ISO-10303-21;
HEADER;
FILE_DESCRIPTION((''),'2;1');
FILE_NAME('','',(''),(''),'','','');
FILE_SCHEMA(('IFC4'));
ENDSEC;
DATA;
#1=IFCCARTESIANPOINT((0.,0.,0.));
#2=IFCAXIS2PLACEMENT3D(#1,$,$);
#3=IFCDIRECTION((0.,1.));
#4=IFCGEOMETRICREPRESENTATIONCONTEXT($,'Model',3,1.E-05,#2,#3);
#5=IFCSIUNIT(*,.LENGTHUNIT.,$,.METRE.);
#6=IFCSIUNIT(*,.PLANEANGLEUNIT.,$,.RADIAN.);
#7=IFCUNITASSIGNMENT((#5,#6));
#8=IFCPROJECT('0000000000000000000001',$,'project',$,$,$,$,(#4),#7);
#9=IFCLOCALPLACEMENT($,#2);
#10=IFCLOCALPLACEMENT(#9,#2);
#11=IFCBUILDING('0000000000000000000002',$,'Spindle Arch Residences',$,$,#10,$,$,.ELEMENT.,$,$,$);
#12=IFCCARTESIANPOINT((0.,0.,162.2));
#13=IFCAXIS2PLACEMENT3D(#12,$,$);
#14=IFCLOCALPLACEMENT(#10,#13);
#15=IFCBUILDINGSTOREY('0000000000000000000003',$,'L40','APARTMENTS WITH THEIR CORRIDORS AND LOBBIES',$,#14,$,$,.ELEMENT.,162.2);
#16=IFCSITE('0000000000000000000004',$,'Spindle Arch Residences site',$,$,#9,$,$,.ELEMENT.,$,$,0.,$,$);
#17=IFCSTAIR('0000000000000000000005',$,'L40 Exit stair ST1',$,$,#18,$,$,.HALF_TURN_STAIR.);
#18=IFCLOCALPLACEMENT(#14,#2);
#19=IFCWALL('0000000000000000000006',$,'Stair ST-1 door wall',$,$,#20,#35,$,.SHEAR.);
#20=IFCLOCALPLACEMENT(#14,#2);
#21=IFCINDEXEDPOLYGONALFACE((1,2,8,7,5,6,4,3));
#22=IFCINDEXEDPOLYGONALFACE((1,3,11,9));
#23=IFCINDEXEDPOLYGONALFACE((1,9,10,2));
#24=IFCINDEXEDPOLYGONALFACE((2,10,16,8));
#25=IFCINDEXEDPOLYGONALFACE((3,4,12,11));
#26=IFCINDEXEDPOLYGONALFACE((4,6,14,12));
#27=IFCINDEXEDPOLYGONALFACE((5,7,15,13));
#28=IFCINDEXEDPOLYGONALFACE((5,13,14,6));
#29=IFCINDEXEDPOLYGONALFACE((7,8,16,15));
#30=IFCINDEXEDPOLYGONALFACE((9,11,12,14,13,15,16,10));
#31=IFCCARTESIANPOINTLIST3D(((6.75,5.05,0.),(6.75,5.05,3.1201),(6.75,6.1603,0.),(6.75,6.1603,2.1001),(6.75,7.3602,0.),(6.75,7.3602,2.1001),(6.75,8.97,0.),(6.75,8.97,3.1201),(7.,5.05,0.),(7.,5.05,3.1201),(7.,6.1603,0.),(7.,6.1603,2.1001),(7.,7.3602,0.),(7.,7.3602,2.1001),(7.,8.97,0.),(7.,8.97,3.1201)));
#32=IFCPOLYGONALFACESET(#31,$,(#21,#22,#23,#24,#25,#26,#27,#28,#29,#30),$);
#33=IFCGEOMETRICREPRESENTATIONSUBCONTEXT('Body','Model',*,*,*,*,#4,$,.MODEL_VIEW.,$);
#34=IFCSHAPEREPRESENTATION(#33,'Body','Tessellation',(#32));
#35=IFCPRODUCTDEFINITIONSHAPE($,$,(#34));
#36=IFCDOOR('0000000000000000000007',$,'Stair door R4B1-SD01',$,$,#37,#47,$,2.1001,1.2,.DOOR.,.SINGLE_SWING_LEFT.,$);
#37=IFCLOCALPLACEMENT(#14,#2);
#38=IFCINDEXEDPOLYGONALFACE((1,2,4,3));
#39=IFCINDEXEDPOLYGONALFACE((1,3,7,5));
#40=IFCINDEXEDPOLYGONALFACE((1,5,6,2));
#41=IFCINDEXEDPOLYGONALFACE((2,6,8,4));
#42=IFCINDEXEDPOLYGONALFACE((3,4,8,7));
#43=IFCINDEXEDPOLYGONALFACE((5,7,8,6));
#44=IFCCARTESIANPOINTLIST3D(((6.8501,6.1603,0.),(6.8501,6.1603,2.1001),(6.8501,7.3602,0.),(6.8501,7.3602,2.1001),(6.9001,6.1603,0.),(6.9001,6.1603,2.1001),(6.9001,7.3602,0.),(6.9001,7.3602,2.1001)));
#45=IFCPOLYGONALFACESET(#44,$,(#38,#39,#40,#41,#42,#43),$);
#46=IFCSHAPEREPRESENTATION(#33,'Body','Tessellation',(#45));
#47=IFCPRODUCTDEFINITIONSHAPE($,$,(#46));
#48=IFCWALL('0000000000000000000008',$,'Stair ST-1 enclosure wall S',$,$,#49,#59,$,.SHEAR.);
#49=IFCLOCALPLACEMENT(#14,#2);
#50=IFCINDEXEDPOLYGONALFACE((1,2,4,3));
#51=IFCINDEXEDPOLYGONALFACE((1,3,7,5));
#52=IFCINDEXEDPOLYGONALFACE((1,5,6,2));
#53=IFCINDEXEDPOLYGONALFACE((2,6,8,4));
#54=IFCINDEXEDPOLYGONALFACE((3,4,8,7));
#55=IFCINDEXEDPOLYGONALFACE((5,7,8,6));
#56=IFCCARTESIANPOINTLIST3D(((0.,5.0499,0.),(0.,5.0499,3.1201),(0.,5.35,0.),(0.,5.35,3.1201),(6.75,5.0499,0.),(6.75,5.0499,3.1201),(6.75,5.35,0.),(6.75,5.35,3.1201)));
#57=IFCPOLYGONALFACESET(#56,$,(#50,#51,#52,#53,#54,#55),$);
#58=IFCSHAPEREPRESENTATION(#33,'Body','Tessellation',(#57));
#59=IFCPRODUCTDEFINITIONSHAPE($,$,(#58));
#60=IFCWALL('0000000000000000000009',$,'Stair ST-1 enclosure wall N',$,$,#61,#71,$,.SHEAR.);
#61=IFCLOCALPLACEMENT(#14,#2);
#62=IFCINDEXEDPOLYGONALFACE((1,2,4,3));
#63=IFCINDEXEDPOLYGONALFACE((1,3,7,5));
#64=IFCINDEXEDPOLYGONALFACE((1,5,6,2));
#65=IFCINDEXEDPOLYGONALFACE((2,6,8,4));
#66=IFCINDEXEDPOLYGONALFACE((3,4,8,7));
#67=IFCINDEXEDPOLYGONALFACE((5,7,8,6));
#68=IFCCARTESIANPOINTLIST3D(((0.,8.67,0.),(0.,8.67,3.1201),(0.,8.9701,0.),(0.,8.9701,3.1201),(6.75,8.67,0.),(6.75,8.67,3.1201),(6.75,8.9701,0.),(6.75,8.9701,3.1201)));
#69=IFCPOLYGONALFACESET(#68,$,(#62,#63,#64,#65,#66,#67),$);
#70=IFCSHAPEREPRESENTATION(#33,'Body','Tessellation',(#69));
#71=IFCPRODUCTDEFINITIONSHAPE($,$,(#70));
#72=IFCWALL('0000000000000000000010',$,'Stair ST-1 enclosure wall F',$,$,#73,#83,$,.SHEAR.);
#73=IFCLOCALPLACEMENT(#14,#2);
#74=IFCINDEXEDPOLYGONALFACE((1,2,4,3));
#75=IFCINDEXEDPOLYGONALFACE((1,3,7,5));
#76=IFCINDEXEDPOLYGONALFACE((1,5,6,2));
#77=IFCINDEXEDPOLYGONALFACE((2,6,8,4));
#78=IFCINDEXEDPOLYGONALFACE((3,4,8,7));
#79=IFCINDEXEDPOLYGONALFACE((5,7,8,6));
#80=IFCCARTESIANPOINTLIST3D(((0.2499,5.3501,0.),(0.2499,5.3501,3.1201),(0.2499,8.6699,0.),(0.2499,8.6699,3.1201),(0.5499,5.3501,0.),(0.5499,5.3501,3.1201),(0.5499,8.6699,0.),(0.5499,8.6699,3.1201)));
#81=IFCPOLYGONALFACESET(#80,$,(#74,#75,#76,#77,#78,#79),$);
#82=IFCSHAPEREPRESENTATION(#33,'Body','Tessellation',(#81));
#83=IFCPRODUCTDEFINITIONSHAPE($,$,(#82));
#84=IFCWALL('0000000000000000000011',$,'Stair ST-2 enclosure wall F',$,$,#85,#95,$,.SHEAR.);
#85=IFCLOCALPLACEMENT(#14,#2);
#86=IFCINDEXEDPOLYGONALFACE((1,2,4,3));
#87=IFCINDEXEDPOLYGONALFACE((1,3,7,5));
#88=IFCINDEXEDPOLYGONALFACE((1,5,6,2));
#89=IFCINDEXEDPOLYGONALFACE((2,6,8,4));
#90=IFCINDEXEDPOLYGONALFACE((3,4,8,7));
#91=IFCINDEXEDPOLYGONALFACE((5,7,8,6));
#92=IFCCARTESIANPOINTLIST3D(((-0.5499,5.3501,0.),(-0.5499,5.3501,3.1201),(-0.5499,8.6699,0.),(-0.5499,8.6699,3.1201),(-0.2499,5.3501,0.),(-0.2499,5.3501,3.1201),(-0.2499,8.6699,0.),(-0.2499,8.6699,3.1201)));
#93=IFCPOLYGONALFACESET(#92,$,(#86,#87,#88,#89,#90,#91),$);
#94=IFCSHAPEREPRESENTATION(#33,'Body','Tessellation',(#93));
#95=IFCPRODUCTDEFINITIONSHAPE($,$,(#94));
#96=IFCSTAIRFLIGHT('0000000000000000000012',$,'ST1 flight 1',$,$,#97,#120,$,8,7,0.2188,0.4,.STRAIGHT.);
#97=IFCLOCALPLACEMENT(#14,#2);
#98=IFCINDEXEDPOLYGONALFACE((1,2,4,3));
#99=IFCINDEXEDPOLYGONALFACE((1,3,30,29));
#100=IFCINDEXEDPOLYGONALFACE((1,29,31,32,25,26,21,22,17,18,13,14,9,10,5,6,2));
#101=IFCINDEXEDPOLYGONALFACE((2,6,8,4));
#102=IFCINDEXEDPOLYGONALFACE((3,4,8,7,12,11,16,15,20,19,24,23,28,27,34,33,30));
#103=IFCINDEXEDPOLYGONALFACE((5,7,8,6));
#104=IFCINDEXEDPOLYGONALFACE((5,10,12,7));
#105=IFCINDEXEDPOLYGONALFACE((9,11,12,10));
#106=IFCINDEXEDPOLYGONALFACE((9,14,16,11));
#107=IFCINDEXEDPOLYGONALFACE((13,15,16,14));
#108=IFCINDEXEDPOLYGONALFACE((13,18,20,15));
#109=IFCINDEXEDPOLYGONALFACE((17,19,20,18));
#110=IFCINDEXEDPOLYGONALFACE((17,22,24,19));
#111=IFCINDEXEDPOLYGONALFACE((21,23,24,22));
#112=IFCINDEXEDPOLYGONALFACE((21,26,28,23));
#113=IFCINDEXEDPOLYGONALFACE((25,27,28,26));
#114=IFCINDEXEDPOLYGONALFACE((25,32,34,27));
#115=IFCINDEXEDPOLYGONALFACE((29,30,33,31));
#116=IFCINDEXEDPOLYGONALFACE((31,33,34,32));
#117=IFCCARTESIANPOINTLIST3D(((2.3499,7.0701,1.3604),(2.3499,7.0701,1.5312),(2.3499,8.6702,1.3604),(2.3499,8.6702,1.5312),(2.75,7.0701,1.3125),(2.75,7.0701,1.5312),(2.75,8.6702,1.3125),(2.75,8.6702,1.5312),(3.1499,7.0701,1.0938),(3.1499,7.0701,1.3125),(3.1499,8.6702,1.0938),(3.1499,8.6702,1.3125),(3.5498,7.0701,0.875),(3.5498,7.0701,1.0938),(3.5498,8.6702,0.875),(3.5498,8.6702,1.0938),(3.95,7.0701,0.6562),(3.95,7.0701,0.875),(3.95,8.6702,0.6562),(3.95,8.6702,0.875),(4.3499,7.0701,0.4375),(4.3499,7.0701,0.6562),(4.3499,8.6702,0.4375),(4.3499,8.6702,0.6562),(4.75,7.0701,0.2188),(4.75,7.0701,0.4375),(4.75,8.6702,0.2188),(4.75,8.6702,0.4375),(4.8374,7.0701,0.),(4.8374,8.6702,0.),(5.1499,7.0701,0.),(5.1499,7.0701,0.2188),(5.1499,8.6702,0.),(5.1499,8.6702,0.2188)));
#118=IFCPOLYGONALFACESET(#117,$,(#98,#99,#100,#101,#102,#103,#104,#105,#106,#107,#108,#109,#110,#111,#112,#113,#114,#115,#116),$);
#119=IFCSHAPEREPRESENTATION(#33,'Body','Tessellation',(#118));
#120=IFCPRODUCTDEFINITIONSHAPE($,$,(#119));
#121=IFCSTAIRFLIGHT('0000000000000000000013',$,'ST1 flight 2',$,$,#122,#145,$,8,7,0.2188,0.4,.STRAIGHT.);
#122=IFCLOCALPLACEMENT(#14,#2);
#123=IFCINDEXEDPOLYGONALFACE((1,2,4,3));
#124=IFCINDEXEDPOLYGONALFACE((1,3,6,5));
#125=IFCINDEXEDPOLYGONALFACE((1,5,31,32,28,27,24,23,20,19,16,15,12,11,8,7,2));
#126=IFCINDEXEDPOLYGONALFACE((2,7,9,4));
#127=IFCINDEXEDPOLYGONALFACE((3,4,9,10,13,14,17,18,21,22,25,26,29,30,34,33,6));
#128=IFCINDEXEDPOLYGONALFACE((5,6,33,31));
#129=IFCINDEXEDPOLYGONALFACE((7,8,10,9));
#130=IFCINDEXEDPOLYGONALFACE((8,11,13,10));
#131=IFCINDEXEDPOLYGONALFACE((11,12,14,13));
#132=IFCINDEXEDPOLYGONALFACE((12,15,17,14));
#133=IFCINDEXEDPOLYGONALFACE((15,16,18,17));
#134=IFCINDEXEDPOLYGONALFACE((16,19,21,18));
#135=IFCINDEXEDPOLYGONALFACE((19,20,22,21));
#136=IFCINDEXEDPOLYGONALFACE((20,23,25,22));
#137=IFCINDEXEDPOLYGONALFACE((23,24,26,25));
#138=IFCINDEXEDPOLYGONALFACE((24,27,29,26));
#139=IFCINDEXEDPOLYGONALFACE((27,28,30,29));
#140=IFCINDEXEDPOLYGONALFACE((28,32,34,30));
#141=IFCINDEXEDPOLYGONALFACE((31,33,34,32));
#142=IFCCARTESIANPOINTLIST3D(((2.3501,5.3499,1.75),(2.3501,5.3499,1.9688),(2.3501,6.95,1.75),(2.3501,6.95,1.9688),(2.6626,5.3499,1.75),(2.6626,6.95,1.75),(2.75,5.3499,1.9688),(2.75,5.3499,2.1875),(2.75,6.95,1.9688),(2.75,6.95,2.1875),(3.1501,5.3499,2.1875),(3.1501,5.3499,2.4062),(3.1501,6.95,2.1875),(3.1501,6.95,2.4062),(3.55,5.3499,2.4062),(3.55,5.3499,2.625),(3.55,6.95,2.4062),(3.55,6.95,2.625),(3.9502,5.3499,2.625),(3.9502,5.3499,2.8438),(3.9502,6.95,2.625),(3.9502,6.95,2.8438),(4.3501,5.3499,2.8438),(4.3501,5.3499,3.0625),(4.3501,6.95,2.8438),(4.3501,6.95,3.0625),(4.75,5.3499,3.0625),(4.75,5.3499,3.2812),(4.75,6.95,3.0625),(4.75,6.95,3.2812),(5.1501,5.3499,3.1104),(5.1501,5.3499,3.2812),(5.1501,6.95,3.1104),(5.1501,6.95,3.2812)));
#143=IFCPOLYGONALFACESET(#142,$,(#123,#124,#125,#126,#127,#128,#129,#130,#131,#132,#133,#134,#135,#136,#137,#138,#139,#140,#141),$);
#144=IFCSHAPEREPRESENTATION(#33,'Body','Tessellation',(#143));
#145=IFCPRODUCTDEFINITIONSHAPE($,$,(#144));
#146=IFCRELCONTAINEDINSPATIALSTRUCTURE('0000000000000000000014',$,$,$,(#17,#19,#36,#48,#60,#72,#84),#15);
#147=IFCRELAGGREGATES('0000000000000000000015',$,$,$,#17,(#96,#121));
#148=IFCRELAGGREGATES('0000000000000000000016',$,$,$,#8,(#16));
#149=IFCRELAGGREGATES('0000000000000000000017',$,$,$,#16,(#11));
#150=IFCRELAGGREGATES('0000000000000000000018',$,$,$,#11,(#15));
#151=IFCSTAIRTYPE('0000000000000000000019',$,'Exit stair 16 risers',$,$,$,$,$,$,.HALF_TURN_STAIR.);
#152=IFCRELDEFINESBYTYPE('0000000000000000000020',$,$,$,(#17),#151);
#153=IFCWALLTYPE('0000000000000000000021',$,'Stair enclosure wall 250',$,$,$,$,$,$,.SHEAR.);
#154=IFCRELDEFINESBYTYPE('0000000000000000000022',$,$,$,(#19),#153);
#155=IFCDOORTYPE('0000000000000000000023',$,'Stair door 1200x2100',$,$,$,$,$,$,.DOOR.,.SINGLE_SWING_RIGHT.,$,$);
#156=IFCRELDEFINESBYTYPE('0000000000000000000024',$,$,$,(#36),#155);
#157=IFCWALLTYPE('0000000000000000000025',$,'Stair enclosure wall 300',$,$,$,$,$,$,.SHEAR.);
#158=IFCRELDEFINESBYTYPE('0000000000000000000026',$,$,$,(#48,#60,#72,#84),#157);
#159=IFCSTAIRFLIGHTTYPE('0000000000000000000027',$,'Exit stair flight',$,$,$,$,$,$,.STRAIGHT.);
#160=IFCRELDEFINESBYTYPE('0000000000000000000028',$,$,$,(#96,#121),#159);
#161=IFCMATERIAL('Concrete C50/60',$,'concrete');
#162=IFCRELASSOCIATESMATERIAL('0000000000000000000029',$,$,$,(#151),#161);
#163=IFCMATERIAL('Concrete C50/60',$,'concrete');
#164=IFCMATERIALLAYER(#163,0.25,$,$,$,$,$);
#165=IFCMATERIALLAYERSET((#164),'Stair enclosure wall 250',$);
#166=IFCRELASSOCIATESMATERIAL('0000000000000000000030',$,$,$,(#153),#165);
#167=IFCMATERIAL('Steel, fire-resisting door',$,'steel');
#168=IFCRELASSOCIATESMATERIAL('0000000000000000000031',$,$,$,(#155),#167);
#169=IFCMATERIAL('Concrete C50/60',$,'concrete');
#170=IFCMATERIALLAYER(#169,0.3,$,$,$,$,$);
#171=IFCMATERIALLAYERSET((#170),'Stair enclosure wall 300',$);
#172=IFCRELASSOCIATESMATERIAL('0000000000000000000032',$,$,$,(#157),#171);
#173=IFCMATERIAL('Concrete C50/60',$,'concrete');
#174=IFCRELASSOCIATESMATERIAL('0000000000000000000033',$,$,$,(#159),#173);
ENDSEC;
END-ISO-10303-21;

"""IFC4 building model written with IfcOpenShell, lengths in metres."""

from ifc_helpers import new_model, si_unit, direction, frame, frame_2d, origin, place, context, subcontext, project, spatial, polyline, rectangle, outline, extrude, material, layer, layer_set, type_object, element, fill, aggregate, save


model = new_model("IFC4")

# Units and contexts
model_context = context("Model", 3, precision=1e-05, world=origin(), true_north=direction((0.0, 1.0)))
body_context = subcontext(model_context, "Body", "Model", "MODEL_VIEW")
ifc_project = project(units=[si_unit("LENGTHUNIT", "METRE"), si_unit("PLANEANGLEUNIT", "RADIAN")], contexts=[model_context])

# Site, building, storey
site_placement = place(None, origin())
site = spatial("IfcSite", under=ifc_project, at=site_placement, Name="Spindle Arch Residences site", CompositionType="ELEMENT", RefElevation=0.0)
building_placement = place(site_placement, origin())
building = spatial("IfcBuilding", under=site, at=building_placement, Name="Spindle Arch Residences", CompositionType="ELEMENT")
storey_placement = place(building_placement, frame((0.0, 0.0, 162.2)))
storey = spatial("IfcBuildingStorey", under=building, at=storey_placement, Name="L40", Description="APARTMENTS WITH THEIR CORRIDORS AND LOBBIES", CompositionType="ELEMENT", Elevation=162.2)

# Stair
ifc_material_1 = material(Name="Concrete C50/60", Category="concrete")
stair_type = type_object("IfcStairType", Name="Exit stair 16 risers", PredefinedType="HALF_TURN_STAIR", material=ifc_material_1)
stair_1_placement = place(storey_placement, origin())
stair_1 = element("IfcStair", 1, at=stair_1_placement, inside=storey, type_object=stair_type, Name="L40 Exit stair ST1", PredefinedType="HALF_TURN_STAIR")

# Wall, opening, door
ifc_material_2 = material(Name="Concrete C50/60", Category="concrete")
ifc_layer_1 = layer(ifc_material_2, 0.25)
ifc_layer_set_1 = layer_set([ifc_layer_1], Name="Stair enclosure wall 250")
wall_type_1 = type_object("IfcWallType", Name="Stair enclosure wall 250", PredefinedType="SHEAR", material=ifc_layer_set_1)
wall_1_placement = place(storey_placement, frame((6.875, 5.05, 0.0), z_axis=(0.0, 0.0, 1.0), x_axis=(0.0, 1.0, 0.0)))
wall_1 = element("IfcWall", 2, at=wall_1_placement, inside=storey, type_object=wall_type_1, Name="Stair ST-1 door wall", PredefinedType="SHEAR", context=body_context, shape_type="SweptSolid", body=[
    extrude(rectangle(XDim=3.9199, YDim=0.25, at=frame_2d((1.96, 0.0))), origin(), (0.0, 0.0, 1.0), 3.1201),
])
opening_1_placement = place(wall_1_placement, frame((1.1101, 0.0, 0.0)))
opening_1 = element("IfcOpeningElement", 3, at=opening_1_placement, cuts=wall_1, PredefinedType="OPENING", context=body_context, shape_type="SweptSolid", body=[
    extrude(rectangle(XDim=1.2, YDim=2.1001, at=frame_2d((0.6001, 1.05))), frame((0.0, 0.135, 0.0), z_axis=(0.0, -1.0, 0.0), x_axis=(1.0, 0.0, 0.0)), (0.0, 0.0, 1.0), 0.27),
])
ifc_material_3 = material(Name="Steel, fire-resisting door", Category="steel")
door_type_1 = type_object("IfcDoorType", Name="Stair door 1200x2100", OperationType="SINGLE_SWING_RIGHT", PredefinedType="DOOR", material=ifc_material_3)
door_1_placement = place(opening_1_placement, origin())
door_1 = element("IfcDoor", 4, at=door_1_placement, inside=storey, type_object=door_type_1, Name="Stair door R4B1-SD01", OperationType="SINGLE_SWING_LEFT", OverallHeight=2.1001, OverallWidth=1.2, PredefinedType="DOOR", context=body_context, shape_type="SweptSolid", body=[
    extrude(rectangle(XDim=1.2, YDim=2.1001, at=frame_2d((0.6001, 1.05))), frame((0.0, 0.0249, 0.0), z_axis=(0.0, -1.0, 0.0), x_axis=(1.0, 0.0, 0.0)), (0.0, 0.0, 1.0), 0.05),
])
fill(opening_1, door_1)

# Walls
ifc_material_4 = material(Name="Concrete C50/60", Category="concrete")
ifc_layer_2 = layer(ifc_material_4, 0.3)
ifc_layer_set_2 = layer_set([ifc_layer_2], Name="Stair enclosure wall 300")
wall_type_2 = type_object("IfcWallType", Name="Stair enclosure wall 300", PredefinedType="SHEAR", material=ifc_layer_set_2)
for number, where, z_axis, x_axis, name in (
    (5, (0.0, 5.2, 0.0), (0.0, 0.0, 1.0), (1.0, 0.0, 0.0), "Stair ST-1 enclosure wall S"),
    (6, (0.0, 8.8201, 0.0), (0.0, 0.0, 1.0), (1.0, 0.0, 0.0), "Stair ST-1 enclosure wall N"),
):
    element("IfcWall", number, at=place(storey_placement, frame(where, z_axis=z_axis, x_axis=x_axis)), inside=storey, type_object=wall_type_2, Name=name, PredefinedType="SHEAR", context=body_context, shape_type="SweptSolid", body=[
        extrude(rectangle(XDim=6.75, YDim=0.3, at=frame_2d((3.375, 0.0))), origin(), (0.0, 0.0, 1.0), 3.1201),
    ])
for number, where, z_axis, x_axis, name in (
    (7, (0.3999, 5.3501, 0.0), (0.0, 0.0, 1.0), (0.0, 1.0, 0.0), "Stair ST-1 enclosure wall F"),
    (8, (-0.3999, 5.3501, 0.0), (0.0, 0.0, 1.0), (0.0, 1.0, 0.0), "Stair ST-2 enclosure wall F"),
):
    element("IfcWall", number, at=place(storey_placement, frame(where, z_axis=z_axis, x_axis=x_axis)), inside=storey, type_object=wall_type_2, Name=name, PredefinedType="SHEAR", context=body_context, shape_type="SweptSolid", body=[
        extrude(rectangle(XDim=3.3198, YDim=0.3, at=frame_2d((1.6599, 0.0))), origin(), (0.0, 0.0, 1.0), 3.1201),
    ])

# Stair flights
ifc_material_5 = material(Name="Concrete C50/60", Category="concrete")
stair_flight_type = type_object("IfcStairFlightType", Name="Exit stair flight", PredefinedType="STRAIGHT", material=ifc_material_5)
stair_flight_1_placement = place(storey_placement, frame((5.1499, 7.8701, 0.0), z_axis=(0.0, 0.0, 1.0), x_axis=(-1.0, 0.0, 0.0)))
stair_flight_1 = element("IfcStairFlight", 9, at=stair_flight_1_placement, type_object=stair_flight_type, Name="ST1 flight 1", NumberOfRisers=8, NumberOfTreads=7, PredefinedType="STRAIGHT", RiserHeight=0.2188, TreadLength=0.4, context=body_context, shape_type="SweptSolid", body=[
    extrude(outline(polyline([(0.0, 0.0), (0.0, 0.2188), (0.3999, 0.2188), (0.3999, 0.4375), (0.8, 0.4375), (0.8, 0.6562), (1.2, 0.6562), (1.2, 0.875), (1.6001, 0.875), (1.6001, 1.0938), (2.0, 1.0938), (2.0, 1.3125), (2.3999, 1.3125), (2.3999, 1.5312), (2.8, 1.5312), (2.8, 1.75), (2.8, 1.3604), (0.3125, 0.0), (0.0, 0.0)])), frame((0.0, 0.8, 0.0), z_axis=(0.0, -1.0, 0.0), x_axis=(1.0, 0.0, 0.0)), (0.0, 0.0, 1.0), 1.6001),
])
stair_flight_2_placement = place(storey_placement, frame((2.3501, 6.1499, 1.75), z_axis=(0.0, 0.0, 1.0), x_axis=(1.0, 0.0, 0.0)))
stair_flight_2 = element("IfcStairFlight", 10, at=stair_flight_2_placement, type_object=stair_flight_type, Name="ST1 flight 2", NumberOfRisers=8, NumberOfTreads=7, PredefinedType="STRAIGHT", RiserHeight=0.2188, TreadLength=0.4, context=body_context, shape_type="SweptSolid", body=[
    extrude(outline(polyline([(0.0, 0.0), (0.0, 0.2188), (0.3999, 0.2188), (0.3999, 0.4375), (0.8, 0.4375), (0.8, 0.6562), (1.2, 0.6562), (1.2, 0.875), (1.6001, 0.875), (1.6001, 1.0938), (2.0, 1.0938), (2.0, 1.3125), (2.3999, 1.3125), (2.3999, 1.5312), (2.8, 1.5312), (2.8, 1.75), (2.8, 1.3604), (0.3125, 0.0), (0.0, 0.0)])), frame((0.0, 0.8, 0.0), z_axis=(0.0, -1.0, 0.0), x_axis=(1.0, 0.0, 0.0)), (0.0, 0.0, 1.0), 1.6001),
])
aggregate(stair_1, [stair_flight_1, stair_flight_2])

save(model, "model.ifc")
